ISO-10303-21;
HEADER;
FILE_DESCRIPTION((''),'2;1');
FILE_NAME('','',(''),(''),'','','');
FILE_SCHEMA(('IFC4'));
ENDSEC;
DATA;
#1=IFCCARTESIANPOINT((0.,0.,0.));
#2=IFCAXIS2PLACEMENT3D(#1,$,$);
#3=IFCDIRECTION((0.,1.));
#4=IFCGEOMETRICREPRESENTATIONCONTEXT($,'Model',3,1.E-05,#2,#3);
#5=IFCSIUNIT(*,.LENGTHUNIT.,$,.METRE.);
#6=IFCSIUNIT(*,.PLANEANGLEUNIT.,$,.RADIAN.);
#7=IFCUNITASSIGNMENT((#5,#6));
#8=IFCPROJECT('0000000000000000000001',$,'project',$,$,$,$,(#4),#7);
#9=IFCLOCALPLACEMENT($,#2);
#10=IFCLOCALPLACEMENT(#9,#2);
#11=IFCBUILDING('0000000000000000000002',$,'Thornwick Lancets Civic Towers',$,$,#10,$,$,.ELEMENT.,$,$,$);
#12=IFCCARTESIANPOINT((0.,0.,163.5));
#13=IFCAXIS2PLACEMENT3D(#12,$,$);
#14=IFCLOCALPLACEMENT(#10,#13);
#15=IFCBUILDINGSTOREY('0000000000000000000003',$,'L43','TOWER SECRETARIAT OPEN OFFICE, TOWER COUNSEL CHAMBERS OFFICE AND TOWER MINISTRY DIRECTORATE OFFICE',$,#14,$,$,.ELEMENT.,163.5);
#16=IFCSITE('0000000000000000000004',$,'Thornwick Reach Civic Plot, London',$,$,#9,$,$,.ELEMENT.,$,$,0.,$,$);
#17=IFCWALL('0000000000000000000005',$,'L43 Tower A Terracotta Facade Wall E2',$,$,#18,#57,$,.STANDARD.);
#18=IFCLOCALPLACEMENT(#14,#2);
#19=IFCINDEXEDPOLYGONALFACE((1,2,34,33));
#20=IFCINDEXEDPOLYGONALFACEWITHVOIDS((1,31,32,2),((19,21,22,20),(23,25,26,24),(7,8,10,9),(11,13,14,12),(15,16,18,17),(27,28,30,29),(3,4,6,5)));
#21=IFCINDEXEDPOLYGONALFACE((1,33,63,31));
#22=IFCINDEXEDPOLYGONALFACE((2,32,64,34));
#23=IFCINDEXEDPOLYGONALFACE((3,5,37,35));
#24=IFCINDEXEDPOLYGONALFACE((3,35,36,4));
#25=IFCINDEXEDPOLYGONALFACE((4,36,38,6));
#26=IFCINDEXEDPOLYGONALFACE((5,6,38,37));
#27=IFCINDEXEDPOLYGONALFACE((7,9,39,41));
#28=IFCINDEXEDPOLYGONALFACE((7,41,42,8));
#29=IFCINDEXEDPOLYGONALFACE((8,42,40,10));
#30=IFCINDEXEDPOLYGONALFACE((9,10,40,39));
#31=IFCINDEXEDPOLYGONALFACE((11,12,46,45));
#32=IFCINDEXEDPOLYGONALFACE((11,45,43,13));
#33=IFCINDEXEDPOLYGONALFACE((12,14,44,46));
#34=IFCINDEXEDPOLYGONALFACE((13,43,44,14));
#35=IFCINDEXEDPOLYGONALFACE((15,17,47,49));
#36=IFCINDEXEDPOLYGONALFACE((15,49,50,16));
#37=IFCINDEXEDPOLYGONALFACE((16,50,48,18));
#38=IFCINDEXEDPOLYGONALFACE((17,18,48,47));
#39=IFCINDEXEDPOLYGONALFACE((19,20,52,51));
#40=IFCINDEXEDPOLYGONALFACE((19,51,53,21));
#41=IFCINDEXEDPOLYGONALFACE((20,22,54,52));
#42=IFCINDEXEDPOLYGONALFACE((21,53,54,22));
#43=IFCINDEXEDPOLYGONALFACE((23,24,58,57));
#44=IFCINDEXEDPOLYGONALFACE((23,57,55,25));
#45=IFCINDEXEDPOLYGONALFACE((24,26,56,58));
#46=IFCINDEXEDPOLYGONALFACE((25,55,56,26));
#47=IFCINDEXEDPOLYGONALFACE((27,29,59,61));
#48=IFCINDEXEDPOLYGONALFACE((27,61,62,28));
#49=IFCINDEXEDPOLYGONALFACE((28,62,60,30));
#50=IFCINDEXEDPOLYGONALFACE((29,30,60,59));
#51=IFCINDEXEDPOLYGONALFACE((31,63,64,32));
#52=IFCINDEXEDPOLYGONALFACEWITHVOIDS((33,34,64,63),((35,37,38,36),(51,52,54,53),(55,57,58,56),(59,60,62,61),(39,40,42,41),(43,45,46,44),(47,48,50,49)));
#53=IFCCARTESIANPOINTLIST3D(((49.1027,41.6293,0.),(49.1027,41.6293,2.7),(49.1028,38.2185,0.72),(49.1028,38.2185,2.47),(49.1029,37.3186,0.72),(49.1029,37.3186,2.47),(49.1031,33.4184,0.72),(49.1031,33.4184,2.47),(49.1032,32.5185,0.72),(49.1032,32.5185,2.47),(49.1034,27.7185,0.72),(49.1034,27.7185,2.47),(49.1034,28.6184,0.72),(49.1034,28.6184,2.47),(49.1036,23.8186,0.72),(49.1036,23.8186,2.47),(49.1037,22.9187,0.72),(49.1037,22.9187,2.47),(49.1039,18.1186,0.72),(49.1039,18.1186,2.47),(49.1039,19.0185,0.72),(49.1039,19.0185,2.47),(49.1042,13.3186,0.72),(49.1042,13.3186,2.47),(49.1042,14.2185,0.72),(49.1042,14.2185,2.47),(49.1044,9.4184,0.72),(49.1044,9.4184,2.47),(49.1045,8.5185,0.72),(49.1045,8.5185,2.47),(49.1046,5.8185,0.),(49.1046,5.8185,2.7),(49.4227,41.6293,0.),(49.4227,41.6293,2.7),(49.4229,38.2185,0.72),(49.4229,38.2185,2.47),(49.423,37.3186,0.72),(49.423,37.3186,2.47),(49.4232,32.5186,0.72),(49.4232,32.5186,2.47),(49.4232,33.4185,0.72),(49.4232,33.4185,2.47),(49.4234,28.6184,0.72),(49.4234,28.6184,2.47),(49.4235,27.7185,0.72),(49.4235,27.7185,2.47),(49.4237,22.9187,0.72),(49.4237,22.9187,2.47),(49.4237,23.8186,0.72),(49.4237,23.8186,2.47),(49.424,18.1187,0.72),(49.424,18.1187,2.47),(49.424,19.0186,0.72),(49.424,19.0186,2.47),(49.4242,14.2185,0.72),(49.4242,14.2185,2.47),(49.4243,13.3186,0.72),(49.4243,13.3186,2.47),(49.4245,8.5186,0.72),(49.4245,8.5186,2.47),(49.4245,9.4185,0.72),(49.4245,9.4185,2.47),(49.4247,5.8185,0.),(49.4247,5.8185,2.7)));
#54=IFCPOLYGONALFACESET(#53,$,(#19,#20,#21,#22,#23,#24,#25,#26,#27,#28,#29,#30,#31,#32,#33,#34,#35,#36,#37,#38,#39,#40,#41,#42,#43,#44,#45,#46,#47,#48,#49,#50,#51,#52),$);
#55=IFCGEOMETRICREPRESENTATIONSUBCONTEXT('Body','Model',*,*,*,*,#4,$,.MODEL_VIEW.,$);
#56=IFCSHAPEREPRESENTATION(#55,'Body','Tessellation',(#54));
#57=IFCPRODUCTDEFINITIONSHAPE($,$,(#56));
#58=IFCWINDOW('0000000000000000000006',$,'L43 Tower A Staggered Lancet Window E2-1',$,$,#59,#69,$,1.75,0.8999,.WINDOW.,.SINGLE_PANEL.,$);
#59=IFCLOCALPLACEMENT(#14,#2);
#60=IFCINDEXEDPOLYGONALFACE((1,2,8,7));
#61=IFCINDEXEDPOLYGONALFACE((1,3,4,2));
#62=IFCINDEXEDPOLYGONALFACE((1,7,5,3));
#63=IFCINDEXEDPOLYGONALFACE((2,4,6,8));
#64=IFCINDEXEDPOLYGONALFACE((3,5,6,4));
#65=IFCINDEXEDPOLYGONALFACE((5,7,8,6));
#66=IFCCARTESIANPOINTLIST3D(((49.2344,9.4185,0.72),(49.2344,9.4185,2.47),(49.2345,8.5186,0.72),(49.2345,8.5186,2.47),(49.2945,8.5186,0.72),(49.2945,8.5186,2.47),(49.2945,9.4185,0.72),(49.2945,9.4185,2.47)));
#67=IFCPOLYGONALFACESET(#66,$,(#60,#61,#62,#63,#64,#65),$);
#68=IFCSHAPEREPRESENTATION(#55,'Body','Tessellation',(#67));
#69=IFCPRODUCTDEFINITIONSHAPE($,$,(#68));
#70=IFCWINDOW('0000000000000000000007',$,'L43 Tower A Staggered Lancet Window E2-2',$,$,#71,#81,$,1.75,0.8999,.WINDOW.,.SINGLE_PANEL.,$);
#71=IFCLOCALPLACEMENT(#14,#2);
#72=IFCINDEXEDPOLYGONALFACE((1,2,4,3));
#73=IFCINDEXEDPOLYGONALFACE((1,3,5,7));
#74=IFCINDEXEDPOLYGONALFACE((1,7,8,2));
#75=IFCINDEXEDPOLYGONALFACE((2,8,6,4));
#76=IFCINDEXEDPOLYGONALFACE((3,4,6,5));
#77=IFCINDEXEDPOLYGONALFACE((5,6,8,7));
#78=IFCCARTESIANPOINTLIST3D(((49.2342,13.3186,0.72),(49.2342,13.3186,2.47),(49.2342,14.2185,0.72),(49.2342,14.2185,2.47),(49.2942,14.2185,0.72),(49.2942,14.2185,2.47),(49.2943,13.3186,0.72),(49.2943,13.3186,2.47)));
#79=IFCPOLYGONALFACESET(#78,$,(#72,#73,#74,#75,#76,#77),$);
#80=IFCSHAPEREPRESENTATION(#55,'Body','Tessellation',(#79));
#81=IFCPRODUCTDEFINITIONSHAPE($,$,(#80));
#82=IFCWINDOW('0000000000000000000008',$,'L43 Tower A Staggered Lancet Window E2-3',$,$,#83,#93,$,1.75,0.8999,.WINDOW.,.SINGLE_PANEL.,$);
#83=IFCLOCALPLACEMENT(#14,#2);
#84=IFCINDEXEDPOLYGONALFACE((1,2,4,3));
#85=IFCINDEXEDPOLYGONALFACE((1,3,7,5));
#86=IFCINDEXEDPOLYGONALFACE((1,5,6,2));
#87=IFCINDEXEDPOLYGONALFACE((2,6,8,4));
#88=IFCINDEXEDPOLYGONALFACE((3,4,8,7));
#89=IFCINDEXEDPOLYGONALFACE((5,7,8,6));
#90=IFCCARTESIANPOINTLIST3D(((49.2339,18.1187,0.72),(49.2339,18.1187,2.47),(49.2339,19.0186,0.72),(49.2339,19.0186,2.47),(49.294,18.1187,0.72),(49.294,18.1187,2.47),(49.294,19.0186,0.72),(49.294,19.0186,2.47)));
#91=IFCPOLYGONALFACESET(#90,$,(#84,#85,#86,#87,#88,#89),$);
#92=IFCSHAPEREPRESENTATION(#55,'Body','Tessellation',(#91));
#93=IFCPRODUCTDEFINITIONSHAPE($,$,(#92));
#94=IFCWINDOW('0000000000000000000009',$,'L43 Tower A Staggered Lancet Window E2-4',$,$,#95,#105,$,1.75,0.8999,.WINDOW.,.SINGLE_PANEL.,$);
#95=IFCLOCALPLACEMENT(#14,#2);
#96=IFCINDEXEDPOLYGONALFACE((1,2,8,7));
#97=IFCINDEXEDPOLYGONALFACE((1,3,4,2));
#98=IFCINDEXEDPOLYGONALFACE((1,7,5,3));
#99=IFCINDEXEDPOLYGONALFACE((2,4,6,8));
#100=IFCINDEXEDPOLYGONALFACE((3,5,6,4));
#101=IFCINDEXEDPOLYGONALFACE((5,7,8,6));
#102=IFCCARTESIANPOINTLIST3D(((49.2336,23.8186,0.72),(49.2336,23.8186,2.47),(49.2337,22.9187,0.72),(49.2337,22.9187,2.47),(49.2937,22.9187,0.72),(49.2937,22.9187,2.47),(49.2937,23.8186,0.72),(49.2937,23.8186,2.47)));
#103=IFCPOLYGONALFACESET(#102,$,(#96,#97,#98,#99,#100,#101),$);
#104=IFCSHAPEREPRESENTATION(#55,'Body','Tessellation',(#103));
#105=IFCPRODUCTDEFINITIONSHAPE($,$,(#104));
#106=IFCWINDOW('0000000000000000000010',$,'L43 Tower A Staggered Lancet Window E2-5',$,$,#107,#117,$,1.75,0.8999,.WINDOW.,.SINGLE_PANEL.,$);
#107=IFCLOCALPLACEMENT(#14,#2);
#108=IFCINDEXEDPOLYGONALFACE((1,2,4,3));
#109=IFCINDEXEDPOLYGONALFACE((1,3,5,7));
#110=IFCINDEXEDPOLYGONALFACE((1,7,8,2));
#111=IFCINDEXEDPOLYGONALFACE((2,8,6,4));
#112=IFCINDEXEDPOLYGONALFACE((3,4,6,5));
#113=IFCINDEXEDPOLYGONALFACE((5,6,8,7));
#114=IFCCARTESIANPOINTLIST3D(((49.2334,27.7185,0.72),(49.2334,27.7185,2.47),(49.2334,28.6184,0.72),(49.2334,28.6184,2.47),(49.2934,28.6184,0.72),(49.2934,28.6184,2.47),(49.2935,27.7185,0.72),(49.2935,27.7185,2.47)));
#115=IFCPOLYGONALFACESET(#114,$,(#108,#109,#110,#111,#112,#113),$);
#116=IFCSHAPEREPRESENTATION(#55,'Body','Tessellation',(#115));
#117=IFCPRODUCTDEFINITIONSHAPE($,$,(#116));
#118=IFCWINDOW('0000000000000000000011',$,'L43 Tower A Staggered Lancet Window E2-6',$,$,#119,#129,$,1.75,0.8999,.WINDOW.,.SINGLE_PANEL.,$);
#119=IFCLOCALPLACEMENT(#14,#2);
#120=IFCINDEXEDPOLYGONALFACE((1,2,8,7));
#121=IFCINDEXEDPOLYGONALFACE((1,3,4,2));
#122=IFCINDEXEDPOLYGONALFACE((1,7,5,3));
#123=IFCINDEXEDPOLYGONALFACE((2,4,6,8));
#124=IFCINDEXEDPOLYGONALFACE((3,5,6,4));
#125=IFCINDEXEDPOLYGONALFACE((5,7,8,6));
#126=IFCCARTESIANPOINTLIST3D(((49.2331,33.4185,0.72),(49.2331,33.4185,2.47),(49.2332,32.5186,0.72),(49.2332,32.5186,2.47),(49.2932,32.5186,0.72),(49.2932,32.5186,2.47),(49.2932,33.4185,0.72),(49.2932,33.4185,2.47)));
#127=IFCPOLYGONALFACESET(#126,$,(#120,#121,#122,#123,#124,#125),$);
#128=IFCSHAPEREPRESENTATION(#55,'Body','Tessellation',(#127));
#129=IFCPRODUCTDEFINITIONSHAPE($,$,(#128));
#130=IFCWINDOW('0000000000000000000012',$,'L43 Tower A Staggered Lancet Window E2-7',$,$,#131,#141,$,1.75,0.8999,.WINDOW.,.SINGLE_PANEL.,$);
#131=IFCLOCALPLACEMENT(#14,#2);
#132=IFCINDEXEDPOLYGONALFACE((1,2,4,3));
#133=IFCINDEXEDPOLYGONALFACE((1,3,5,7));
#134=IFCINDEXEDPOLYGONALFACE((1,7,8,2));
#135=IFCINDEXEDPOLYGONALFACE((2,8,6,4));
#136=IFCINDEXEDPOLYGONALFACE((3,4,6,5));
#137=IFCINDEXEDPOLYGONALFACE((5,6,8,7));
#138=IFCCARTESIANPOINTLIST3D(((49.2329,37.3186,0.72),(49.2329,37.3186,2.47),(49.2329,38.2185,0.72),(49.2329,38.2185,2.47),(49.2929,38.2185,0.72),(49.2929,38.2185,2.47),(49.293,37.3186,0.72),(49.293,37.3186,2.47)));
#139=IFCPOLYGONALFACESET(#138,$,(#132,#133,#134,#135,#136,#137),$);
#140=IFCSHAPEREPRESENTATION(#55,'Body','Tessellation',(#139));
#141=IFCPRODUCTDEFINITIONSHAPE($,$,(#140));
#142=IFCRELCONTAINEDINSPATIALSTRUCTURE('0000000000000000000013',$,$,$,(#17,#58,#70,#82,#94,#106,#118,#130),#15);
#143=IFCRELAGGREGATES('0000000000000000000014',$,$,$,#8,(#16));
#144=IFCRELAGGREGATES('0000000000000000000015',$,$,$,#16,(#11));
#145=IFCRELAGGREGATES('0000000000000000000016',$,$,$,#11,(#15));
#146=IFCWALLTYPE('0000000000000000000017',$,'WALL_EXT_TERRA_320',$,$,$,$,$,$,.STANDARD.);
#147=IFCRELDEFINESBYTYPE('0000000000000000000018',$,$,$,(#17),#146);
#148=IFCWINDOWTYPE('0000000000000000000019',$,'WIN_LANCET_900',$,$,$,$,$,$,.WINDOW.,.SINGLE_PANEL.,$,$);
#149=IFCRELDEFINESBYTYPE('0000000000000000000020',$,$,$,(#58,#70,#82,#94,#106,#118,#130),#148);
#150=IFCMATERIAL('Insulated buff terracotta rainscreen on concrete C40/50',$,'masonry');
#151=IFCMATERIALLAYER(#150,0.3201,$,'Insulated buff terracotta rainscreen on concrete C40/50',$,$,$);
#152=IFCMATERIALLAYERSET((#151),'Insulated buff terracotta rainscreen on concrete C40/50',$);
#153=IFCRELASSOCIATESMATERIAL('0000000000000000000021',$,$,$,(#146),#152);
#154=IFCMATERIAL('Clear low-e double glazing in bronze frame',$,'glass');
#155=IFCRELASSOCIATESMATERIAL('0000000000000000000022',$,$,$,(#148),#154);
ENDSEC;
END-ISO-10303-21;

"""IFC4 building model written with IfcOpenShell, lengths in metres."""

from ifc_helpers import new_model, si_unit, direction, frame, frame_2d, origin, place, context, subcontext, project, spatial, rectangle, extrude, material, layer, layer_set, type_object, element, fill, save


model = new_model("IFC4")

# Units and contexts
model_context = context("Model", 3, precision=1e-05, world=origin(), true_north=direction((0.0, 1.0)))
body_context = subcontext(model_context, "Body", "Model", "MODEL_VIEW")
ifc_project = project(units=[si_unit("LENGTHUNIT", "METRE"), si_unit("PLANEANGLEUNIT", "RADIAN")], contexts=[model_context])

# Site, building, storey
site_placement = place(None, origin())
site = spatial("IfcSite", under=ifc_project, at=site_placement, Name="Thornwick Reach Civic Plot, London", CompositionType="ELEMENT", RefElevation=0.0)
building_placement = place(site_placement, origin())
building = spatial("IfcBuilding", under=site, at=building_placement, Name="Thornwick Lancets Civic Towers", CompositionType="ELEMENT")
storey_placement = place(building_placement, frame((0.0, 0.0, 163.5)))
storey = spatial("IfcBuildingStorey", under=building, at=storey_placement, Name="L43", Description="TOWER SECRETARIAT OPEN OFFICE, TOWER COUNSEL CHAMBERS OFFICE AND TOWER MINISTRY DIRECTORATE OFFICE", CompositionType="ELEMENT", Elevation=163.5)

# Wall, openings, windows
ifc_material_1 = material(Name="Insulated buff terracotta rainscreen on concrete C40/50", Category="masonry")
ifc_layer_1 = layer(ifc_material_1, 0.3201, Name="Insulated buff terracotta rainscreen on concrete C40/50")
ifc_layer_set_1 = layer_set([ifc_layer_1], Name="Insulated buff terracotta rainscreen on concrete C40/50")
wall_type_1 = type_object("IfcWallType", Name="WALL_EXT_TERRA_320", PredefinedType="STANDARD", material=ifc_layer_set_1)
wall_1_placement = place(storey_placement, frame((49.2646, 5.8186, 0.0), z_axis=(0.0, 0.0, 1.0), x_axis=(-0.000055, 1.0, 0.0)))
wall_1 = element("IfcWall", 1, at=wall_1_placement, inside=storey, type_object=wall_type_1, Name="L43 Tower A Terracotta Facade Wall E2", PredefinedType="STANDARD", context=body_context, shape_type="SweptSolid", body=[
    extrude(rectangle(XDim=35.8108, YDim=0.3201, at=frame_2d((17.9053, 0.0))), origin(), (0.0, 0.0, 1.0), 2.7),
])
opening_1_placement = place(wall_1_placement, frame((2.7, 0.0, 0.72)))
opening_1 = element("IfcOpeningElement", 2, at=opening_1_placement, cuts=wall_1, PredefinedType="OPENING", context=body_context, shape_type="SweptSolid", body=[
    extrude(rectangle(XDim=0.8999, YDim=1.75, at=frame_2d((0.45, 0.875))), frame((0.0, 0.1699, 0.0), z_axis=(0.0, -1.0, 0.0), x_axis=(1.0, 0.0, 0.0)), (0.0, 0.0, 1.0), 0.3401),
])
opening_2_placement = place(wall_1_placement, frame((7.5, 0.0, 0.72)))
opening_2 = element("IfcOpeningElement", 3, at=opening_2_placement, cuts=wall_1, PredefinedType="OPENING", context=body_context, shape_type="SweptSolid", body=[
    extrude(rectangle(XDim=0.8999, YDim=1.75, at=frame_2d((0.45, 0.875))), frame((0.0, 0.1699, 0.0), z_axis=(0.0, -1.0, 0.0), x_axis=(1.0, 0.0, 0.0)), (0.0, 0.0, 1.0), 0.3401),
])
opening_3_placement = place(wall_1_placement, frame((12.3, 0.0, 0.72)))
opening_3 = element("IfcOpeningElement", 4, at=opening_3_placement, cuts=wall_1, PredefinedType="OPENING", context=body_context, shape_type="SweptSolid", body=[
    extrude(rectangle(XDim=0.8999, YDim=1.75, at=frame_2d((0.45, 0.875))), frame((0.0, 0.1699, 0.0), z_axis=(0.0, -1.0, 0.0), x_axis=(1.0, 0.0, 0.0)), (0.0, 0.0, 1.0), 0.3401),
])
opening_4_placement = place(wall_1_placement, frame((17.1001, 0.0, 0.72)))
opening_4 = element("IfcOpeningElement", 5, at=opening_4_placement, cuts=wall_1, PredefinedType="OPENING", context=body_context, shape_type="SweptSolid", body=[
    extrude(rectangle(XDim=0.8999, YDim=1.75, at=frame_2d((0.45, 0.875))), frame((0.0, 0.1699, 0.0), z_axis=(0.0, -1.0, 0.0), x_axis=(1.0, 0.0, 0.0)), (0.0, 0.0, 1.0), 0.3401),
])
opening_5_placement = place(wall_1_placement, frame((21.8999, 0.0, 0.72)))
opening_5 = element("IfcOpeningElement", 6, at=opening_5_placement, cuts=wall_1, PredefinedType="OPENING", context=body_context, shape_type="SweptSolid", body=[
    extrude(rectangle(XDim=0.8999, YDim=1.75, at=frame_2d((0.45, 0.875))), frame((0.0, 0.1699, 0.0), z_axis=(0.0, -1.0, 0.0), x_axis=(1.0, 0.0, 0.0)), (0.0, 0.0, 1.0), 0.3401),
])
opening_6_placement = place(wall_1_placement, frame((26.7, 0.0, 0.72)))
opening_6 = element("IfcOpeningElement", 7, at=opening_6_placement, cuts=wall_1, PredefinedType="OPENING", context=body_context, shape_type="SweptSolid", body=[
    extrude(rectangle(XDim=0.8999, YDim=1.75, at=frame_2d((0.45, 0.875))), frame((0.0, 0.1699, 0.0), z_axis=(0.0, -1.0, 0.0), x_axis=(1.0, 0.0, 0.0)), (0.0, 0.0, 1.0), 0.3401),
])
opening_7_placement = place(wall_1_placement, frame((31.5, 0.0, 0.72)))
opening_7 = element("IfcOpeningElement", 8, at=opening_7_placement, cuts=wall_1, PredefinedType="OPENING", context=body_context, shape_type="SweptSolid", body=[
    extrude(rectangle(XDim=0.8999, YDim=1.75, at=frame_2d((0.45, 0.875))), frame((0.0, 0.1699, 0.0), z_axis=(0.0, -1.0, 0.0), x_axis=(1.0, 0.0, 0.0)), (0.0, 0.0, 1.0), 0.3401),
])
ifc_material_2 = material(Name="Clear low-e double glazing in bronze frame", Category="glass")
window_type = type_object("IfcWindowType", Name="WIN_LANCET_900", PartitioningType="SINGLE_PANEL", PredefinedType="WINDOW", material=ifc_material_2)
window_1_placement = place(opening_1_placement, origin())
window_1 = element("IfcWindow", 9, at=window_1_placement, inside=storey, type_object=window_type, Name="L43 Tower A Staggered Lancet Window E2-1", OverallHeight=1.75, OverallWidth=0.8999, PartitioningType="SINGLE_PANEL", PredefinedType="WINDOW", context=body_context, shape_type="SweptSolid", body=[
    extrude(rectangle(XDim=0.8999, YDim=1.75, at=frame_2d((0.45, 0.875))), frame((0.0, 0.03, 0.0), z_axis=(0.0, -1.0, 0.0), x_axis=(1.0, 0.0, 0.0)), (0.0, 0.0, 1.0), 0.0601),
])
fill(opening_1, window_1)
window_2_placement = place(opening_2_placement, origin())
window_2 = element("IfcWindow", 10, at=window_2_placement, inside=storey, type_object=window_type, Name="L43 Tower A Staggered Lancet Window E2-2", OverallHeight=1.75, OverallWidth=0.8999, PartitioningType="SINGLE_PANEL", PredefinedType="WINDOW", context=body_context, shape_type="SweptSolid", body=[
    extrude(rectangle(XDim=0.8999, YDim=1.75, at=frame_2d((0.45, 0.875))), frame((0.0, 0.03, 0.0), z_axis=(0.0, -1.0, 0.0), x_axis=(1.0, 0.0, 0.0)), (0.0, 0.0, 1.0), 0.0601),
])
fill(opening_2, window_2)
window_3_placement = place(opening_3_placement, origin())
window_3 = element("IfcWindow", 11, at=window_3_placement, inside=storey, type_object=window_type, Name="L43 Tower A Staggered Lancet Window E2-3", OverallHeight=1.75, OverallWidth=0.8999, PartitioningType="SINGLE_PANEL", PredefinedType="WINDOW", context=body_context, shape_type="SweptSolid", body=[
    extrude(rectangle(XDim=0.8999, YDim=1.75, at=frame_2d((0.45, 0.875))), frame((0.0, 0.03, 0.0), z_axis=(0.0, -1.0, 0.0), x_axis=(1.0, 0.0, 0.0)), (0.0, 0.0, 1.0), 0.0601),
])
fill(opening_3, window_3)
window_4_placement = place(opening_4_placement, origin())
window_4 = element("IfcWindow", 12, at=window_4_placement, inside=storey, type_object=window_type, Name="L43 Tower A Staggered Lancet Window E2-4", OverallHeight=1.75, OverallWidth=0.8999, PartitioningType="SINGLE_PANEL", PredefinedType="WINDOW", context=body_context, shape_type="SweptSolid", body=[
    extrude(rectangle(XDim=0.8999, YDim=1.75, at=frame_2d((0.45, 0.875))), frame((0.0, 0.03, 0.0), z_axis=(0.0, -1.0, 0.0), x_axis=(1.0, 0.0, 0.0)), (0.0, 0.0, 1.0), 0.0601),
])
fill(opening_4, window_4)
window_5_placement = place(opening_5_placement, origin())
window_5 = element("IfcWindow", 13, at=window_5_placement, inside=storey, type_object=window_type, Name="L43 Tower A Staggered Lancet Window E2-5", OverallHeight=1.75, OverallWidth=0.8999, PartitioningType="SINGLE_PANEL", PredefinedType="WINDOW", context=body_context, shape_type="SweptSolid", body=[
    extrude(rectangle(XDim=0.8999, YDim=1.75, at=frame_2d((0.45, 0.875))), frame((0.0, 0.03, 0.0), z_axis=(0.0, -1.0, 0.0), x_axis=(1.0, 0.0, 0.0)), (0.0, 0.0, 1.0), 0.0601),
])
fill(opening_5, window_5)
window_6_placement = place(opening_6_placement, origin())
window_6 = element("IfcWindow", 14, at=window_6_placement, inside=storey, type_object=window_type, Name="L43 Tower A Staggered Lancet Window E2-6", OverallHeight=1.75, OverallWidth=0.8999, PartitioningType="SINGLE_PANEL", PredefinedType="WINDOW", context=body_context, shape_type="SweptSolid", body=[
    extrude(rectangle(XDim=0.8999, YDim=1.75, at=frame_2d((0.45, 0.875))), frame((0.0, 0.03, 0.0), z_axis=(0.0, -1.0, 0.0), x_axis=(1.0, 0.0, 0.0)), (0.0, 0.0, 1.0), 0.0601),
])
fill(opening_6, window_6)
window_7_placement = place(opening_7_placement, origin())
window_7 = element("IfcWindow", 15, at=window_7_placement, inside=storey, type_object=window_type, Name="L43 Tower A Staggered Lancet Window E2-7", OverallHeight=1.75, OverallWidth=0.8999, PartitioningType="SINGLE_PANEL", PredefinedType="WINDOW", context=body_context, shape_type="SweptSolid", body=[
    extrude(rectangle(XDim=0.8999, YDim=1.75, at=frame_2d((0.45, 0.875))), frame((0.0, 0.03, 0.0), z_axis=(0.0, -1.0, 0.0), x_axis=(1.0, 0.0, 0.0)), (0.0, 0.0, 1.0), 0.0601),
])
fill(opening_7, window_7)

save(model, "model.ifc")
